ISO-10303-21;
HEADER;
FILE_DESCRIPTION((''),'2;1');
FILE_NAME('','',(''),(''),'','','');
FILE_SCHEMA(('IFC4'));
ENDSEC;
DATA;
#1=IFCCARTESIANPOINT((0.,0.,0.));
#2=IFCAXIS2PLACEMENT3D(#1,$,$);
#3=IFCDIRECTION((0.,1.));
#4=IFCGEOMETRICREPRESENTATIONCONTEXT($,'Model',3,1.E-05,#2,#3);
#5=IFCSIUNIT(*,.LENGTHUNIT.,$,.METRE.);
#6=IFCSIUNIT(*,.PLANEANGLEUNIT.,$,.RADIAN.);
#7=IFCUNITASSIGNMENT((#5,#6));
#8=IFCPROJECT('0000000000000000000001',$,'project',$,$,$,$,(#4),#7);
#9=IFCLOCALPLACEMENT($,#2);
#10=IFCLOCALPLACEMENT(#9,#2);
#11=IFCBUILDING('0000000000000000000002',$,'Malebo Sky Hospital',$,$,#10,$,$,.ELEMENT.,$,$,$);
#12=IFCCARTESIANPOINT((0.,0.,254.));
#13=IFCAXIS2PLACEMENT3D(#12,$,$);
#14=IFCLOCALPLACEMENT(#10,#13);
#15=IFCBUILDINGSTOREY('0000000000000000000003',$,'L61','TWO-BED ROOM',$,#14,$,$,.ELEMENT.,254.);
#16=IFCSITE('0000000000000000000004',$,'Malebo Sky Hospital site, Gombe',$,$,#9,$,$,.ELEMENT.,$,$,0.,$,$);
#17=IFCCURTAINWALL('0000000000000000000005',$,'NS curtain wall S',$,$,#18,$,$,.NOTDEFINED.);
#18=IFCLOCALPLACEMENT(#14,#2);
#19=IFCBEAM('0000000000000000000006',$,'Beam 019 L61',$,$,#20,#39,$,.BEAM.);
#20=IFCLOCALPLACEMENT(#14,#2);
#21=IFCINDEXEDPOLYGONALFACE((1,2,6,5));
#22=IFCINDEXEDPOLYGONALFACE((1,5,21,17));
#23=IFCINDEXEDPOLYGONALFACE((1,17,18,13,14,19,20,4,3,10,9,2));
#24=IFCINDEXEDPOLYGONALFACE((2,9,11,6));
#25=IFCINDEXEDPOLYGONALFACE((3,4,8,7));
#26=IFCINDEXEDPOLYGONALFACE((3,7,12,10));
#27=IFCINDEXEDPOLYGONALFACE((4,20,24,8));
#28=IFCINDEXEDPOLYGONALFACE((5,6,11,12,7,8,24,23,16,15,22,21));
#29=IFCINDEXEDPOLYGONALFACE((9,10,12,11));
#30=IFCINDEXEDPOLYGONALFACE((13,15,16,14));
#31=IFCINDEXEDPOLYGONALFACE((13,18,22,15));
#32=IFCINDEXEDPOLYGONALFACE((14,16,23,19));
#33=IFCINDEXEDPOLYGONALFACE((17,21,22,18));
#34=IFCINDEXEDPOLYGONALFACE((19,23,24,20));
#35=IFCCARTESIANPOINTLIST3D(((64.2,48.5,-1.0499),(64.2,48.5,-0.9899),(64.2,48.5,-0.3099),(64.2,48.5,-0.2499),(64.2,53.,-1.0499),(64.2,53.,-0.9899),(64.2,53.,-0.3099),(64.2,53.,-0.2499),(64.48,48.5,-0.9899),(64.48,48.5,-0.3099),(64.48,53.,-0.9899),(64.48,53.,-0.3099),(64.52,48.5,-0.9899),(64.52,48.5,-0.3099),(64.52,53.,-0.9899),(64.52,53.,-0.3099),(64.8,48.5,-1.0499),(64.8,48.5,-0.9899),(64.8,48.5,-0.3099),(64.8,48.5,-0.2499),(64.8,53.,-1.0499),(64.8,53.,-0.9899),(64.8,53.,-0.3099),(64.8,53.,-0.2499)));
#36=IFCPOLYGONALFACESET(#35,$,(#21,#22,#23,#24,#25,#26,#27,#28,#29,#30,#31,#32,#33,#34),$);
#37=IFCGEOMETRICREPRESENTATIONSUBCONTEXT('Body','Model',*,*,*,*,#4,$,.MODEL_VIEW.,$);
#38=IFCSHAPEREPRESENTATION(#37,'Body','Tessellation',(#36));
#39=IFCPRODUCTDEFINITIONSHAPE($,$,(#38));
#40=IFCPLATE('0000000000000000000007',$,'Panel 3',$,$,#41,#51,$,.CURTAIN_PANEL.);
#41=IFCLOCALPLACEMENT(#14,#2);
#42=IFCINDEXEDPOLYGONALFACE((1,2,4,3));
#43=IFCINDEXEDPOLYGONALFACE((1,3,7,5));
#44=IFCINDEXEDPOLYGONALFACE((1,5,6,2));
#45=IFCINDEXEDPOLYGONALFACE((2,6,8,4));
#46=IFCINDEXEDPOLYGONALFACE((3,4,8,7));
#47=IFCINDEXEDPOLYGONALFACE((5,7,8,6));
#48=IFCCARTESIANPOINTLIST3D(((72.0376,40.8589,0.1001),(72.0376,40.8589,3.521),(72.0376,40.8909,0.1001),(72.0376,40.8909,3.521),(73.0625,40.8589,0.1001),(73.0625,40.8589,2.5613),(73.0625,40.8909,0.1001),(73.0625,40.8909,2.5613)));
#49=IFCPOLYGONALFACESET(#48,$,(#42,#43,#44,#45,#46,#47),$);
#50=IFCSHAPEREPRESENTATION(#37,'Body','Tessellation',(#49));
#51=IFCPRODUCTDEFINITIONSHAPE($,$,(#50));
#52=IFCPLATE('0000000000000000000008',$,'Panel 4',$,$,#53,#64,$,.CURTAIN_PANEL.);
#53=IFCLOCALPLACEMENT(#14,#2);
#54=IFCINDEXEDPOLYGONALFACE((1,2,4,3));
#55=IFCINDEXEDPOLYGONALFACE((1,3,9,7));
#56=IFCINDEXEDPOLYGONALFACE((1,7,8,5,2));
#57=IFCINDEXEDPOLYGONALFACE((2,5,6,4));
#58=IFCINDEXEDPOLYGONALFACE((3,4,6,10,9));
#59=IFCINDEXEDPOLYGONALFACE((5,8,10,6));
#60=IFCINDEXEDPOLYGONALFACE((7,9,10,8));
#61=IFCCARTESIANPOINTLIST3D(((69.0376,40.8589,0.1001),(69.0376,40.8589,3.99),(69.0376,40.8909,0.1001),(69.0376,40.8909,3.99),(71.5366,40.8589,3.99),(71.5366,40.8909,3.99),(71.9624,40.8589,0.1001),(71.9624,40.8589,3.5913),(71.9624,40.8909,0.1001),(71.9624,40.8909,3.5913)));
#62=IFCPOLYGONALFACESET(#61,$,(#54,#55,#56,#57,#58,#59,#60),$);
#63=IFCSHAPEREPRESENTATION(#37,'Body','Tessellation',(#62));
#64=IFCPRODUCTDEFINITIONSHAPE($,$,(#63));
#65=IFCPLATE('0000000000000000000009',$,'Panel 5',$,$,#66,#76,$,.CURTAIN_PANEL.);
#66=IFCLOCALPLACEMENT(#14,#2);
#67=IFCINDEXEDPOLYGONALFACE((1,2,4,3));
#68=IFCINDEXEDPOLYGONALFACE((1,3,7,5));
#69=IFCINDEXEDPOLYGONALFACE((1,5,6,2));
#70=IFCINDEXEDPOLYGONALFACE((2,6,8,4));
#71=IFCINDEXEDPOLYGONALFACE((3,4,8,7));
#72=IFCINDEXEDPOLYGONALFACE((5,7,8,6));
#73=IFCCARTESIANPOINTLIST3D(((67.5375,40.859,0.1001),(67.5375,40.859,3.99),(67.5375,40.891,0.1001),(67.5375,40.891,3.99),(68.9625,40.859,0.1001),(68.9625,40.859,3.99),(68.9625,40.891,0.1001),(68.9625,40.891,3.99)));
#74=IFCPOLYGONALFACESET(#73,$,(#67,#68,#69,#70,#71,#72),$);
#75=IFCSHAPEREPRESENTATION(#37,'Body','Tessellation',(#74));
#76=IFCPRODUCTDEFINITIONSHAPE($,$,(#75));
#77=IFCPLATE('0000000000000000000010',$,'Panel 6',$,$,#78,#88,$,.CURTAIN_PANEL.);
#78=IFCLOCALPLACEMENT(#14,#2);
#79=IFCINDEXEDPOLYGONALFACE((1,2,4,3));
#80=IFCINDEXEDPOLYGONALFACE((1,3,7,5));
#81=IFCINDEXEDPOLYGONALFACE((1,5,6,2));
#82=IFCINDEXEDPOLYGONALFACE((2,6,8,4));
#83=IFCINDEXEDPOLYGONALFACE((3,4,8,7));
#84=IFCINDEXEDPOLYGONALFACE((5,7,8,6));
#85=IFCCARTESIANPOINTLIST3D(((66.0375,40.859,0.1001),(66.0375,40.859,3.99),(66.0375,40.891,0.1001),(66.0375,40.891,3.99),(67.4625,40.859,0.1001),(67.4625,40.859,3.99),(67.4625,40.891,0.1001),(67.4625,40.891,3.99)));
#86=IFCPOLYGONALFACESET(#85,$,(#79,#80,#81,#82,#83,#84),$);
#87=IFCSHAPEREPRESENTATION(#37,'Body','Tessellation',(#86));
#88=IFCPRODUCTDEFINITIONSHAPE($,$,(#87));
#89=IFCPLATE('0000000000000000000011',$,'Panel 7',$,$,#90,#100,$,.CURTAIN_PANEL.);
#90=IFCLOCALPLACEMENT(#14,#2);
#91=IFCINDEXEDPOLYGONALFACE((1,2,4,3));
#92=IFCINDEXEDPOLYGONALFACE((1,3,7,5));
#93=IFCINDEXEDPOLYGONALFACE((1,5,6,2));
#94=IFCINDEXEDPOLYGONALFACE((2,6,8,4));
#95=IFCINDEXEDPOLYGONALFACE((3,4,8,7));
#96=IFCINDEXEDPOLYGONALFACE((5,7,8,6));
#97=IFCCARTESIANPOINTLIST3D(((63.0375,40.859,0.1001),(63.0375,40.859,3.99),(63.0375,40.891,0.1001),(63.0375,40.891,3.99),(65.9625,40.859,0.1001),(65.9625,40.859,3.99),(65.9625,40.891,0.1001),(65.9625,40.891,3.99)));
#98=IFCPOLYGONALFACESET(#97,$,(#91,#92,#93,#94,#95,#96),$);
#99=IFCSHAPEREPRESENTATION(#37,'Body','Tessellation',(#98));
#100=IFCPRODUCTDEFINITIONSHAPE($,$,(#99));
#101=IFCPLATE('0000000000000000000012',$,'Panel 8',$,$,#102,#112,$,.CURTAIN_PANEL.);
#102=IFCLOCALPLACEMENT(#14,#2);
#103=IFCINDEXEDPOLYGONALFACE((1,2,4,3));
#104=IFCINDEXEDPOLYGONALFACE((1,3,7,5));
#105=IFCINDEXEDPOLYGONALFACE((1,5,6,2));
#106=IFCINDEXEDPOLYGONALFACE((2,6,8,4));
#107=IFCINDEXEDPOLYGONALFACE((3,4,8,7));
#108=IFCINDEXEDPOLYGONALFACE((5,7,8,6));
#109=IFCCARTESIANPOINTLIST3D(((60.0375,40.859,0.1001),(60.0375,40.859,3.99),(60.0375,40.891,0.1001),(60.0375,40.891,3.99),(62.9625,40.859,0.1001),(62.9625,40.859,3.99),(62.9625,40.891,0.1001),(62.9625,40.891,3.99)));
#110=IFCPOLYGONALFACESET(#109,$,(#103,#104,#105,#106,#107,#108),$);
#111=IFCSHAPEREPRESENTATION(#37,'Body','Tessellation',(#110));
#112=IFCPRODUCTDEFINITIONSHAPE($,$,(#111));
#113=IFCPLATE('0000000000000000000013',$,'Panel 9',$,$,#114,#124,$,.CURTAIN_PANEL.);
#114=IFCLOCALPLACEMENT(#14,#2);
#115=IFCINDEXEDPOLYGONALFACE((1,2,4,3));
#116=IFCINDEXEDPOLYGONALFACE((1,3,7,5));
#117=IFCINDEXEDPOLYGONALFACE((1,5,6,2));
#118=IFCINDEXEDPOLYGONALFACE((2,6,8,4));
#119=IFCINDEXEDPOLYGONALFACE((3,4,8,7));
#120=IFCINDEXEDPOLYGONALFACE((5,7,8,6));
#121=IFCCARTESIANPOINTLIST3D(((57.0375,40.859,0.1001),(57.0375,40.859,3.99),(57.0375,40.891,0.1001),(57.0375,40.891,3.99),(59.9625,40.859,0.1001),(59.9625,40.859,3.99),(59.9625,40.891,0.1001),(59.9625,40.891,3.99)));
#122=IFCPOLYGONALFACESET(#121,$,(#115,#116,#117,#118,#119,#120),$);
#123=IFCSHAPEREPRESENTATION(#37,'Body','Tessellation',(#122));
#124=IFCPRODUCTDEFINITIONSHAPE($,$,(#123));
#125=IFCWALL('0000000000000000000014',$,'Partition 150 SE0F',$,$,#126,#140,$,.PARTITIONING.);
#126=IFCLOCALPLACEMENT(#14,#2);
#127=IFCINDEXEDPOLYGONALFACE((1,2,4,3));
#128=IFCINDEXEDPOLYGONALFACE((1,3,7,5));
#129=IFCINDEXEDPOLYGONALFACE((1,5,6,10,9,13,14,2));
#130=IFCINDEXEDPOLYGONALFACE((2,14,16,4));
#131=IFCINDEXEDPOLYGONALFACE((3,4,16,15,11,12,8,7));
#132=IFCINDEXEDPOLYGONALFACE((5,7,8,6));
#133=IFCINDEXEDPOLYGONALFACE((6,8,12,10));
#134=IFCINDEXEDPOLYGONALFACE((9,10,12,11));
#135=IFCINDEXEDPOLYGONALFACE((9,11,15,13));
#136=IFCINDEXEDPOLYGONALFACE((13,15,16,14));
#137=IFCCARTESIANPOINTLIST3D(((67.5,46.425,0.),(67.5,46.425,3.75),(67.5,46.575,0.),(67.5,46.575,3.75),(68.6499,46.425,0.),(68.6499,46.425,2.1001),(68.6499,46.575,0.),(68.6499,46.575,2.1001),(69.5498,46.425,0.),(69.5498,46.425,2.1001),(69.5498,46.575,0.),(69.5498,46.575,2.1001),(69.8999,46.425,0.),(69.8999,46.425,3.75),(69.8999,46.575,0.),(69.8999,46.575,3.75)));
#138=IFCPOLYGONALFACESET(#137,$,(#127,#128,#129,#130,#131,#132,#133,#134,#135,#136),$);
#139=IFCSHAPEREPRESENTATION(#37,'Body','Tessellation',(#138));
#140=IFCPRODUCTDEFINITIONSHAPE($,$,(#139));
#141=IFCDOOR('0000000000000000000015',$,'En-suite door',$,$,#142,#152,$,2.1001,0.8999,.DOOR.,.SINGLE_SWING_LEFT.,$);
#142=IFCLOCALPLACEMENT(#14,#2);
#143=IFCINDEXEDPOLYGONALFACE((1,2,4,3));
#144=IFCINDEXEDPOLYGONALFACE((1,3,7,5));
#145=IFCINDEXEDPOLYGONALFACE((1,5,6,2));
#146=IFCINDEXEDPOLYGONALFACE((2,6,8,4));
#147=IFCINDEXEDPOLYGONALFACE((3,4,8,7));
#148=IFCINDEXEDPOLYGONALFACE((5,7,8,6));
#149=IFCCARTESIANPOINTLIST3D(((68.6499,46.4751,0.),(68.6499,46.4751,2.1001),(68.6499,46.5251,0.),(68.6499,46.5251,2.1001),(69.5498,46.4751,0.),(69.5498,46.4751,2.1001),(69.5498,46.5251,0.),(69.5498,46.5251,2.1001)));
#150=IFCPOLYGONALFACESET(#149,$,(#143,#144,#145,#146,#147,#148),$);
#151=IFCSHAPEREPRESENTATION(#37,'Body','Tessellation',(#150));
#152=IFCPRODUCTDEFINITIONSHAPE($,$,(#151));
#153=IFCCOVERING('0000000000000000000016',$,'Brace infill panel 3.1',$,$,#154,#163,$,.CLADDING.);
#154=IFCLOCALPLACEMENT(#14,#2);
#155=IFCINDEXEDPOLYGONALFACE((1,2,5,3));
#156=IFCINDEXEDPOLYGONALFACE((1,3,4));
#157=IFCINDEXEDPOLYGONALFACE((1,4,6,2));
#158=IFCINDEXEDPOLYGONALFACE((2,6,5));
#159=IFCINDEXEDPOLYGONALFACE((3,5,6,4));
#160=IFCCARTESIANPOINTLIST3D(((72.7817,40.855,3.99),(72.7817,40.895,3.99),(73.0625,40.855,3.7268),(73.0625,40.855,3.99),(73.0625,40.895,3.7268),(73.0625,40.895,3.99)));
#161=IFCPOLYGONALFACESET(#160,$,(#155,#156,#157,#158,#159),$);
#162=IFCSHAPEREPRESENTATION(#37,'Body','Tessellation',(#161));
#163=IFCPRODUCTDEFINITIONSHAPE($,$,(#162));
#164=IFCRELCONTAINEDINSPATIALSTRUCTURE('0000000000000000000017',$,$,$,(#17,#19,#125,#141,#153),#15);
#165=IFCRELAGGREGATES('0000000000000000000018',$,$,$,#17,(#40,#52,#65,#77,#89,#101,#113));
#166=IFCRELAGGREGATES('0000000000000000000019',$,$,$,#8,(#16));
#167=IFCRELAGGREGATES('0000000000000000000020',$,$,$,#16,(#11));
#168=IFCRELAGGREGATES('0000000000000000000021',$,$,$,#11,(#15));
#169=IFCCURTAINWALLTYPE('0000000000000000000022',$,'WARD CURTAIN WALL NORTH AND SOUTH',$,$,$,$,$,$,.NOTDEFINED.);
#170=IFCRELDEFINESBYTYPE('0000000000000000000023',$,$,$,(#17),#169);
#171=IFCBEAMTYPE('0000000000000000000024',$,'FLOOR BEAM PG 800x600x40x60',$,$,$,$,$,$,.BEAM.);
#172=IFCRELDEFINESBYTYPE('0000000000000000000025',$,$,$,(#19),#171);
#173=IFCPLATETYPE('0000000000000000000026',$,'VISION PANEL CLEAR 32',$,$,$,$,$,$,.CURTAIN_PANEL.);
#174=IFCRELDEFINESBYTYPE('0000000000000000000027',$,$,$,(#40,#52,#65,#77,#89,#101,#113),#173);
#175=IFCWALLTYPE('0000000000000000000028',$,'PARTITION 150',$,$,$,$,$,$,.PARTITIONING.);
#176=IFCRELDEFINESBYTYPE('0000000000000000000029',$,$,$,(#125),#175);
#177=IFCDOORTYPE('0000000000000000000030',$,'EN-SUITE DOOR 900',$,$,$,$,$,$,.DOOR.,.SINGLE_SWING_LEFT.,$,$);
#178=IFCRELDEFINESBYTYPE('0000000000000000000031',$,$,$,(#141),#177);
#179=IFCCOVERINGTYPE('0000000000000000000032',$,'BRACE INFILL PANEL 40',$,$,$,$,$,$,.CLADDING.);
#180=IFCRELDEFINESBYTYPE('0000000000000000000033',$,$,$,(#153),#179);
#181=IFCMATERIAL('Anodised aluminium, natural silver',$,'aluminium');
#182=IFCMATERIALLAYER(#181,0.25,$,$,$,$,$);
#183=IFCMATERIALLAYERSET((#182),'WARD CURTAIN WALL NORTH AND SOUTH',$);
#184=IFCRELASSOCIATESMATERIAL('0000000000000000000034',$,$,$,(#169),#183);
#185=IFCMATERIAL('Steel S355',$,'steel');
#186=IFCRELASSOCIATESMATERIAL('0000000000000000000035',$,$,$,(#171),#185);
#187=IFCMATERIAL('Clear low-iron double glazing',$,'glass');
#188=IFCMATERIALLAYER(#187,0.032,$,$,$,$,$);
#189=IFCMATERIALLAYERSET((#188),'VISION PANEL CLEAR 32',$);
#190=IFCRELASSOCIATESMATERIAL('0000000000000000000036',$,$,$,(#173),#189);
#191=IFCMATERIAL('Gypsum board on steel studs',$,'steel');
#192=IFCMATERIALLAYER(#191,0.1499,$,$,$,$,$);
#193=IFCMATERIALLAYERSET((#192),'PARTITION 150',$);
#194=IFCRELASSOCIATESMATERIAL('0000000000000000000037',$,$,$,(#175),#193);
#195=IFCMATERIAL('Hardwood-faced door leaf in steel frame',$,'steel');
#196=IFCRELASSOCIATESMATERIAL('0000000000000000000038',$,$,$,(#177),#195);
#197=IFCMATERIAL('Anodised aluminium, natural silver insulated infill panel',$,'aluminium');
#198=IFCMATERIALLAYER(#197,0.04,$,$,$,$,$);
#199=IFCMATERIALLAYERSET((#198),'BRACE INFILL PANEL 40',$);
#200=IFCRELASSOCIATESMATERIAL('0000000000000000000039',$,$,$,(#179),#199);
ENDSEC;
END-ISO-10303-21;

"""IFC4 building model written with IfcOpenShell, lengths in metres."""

from ifc_helpers import new_model, si_unit, direction, frame, frame_2d, origin, origin_2d, place, context, subcontext, project, spatial, polyline, rectangle, i_section, outline, extrude, material, layer, layer_set, material_profile, profile_set, type_object, element, fill, aggregate, save


model = new_model("IFC4")

# Units and contexts
model_context = context("Model", 3, precision=1e-05, world=origin(), true_north=direction((0.0, 1.0)))
body_context = subcontext(model_context, "Body", "Model", "MODEL_VIEW")
ifc_project = project(units=[si_unit("LENGTHUNIT", "METRE"), si_unit("PLANEANGLEUNIT", "RADIAN")], contexts=[model_context])

# Site, building, storey
site_placement = place(None, origin())
site = spatial("IfcSite", under=ifc_project, at=site_placement, Name="Malebo Sky Hospital site, Gombe", CompositionType="ELEMENT", RefElevation=0.0)
building_placement = place(site_placement, origin())
building = spatial("IfcBuilding", under=site, at=building_placement, Name="Malebo Sky Hospital", CompositionType="ELEMENT")
storey_placement = place(building_placement, frame((0.0, 0.0, 254.0)))
storey = spatial("IfcBuildingStorey", under=building, at=storey_placement, Name="L61", Description="TWO-BED ROOM", CompositionType="ELEMENT", Elevation=254.0)

# Curtain wall
ifc_material_1 = material(Name="Anodised aluminium, natural silver", Category="aluminium")
ifc_layer_1 = layer(ifc_material_1, 0.25)
ifc_layer_set_1 = layer_set([ifc_layer_1], Name="WARD CURTAIN WALL NORTH AND SOUTH")
curtain_wall_type = type_object("IfcCurtainWallType", Name="WARD CURTAIN WALL NORTH AND SOUTH", PredefinedType="NOTDEFINED", material=ifc_layer_set_1)
curtain_wall_placement = place(storey_placement, origin())
curtain_wall = element("IfcCurtainWall", 1, at=curtain_wall_placement, inside=storey, type_object=curtain_wall_type, Name="NS curtain wall S", PredefinedType="NOTDEFINED")

# Beam
ifc_material_2 = material(Name="Steel S355", Category="steel")
ifc_material_profile_1 = material_profile(ifc_material_2, i_section(OverallWidth=0.6001, OverallDepth=0.8, WebThickness=0.04, FlangeThickness=0.0601, at=origin_2d()), Name="PG 800x600x40x60")
ifc_profile_set_1 = profile_set([ifc_material_profile_1], Name="Steel S355")
beam_type_1 = type_object("IfcBeamType", Name="FLOOR BEAM PG 800x600x40x60", PredefinedType="BEAM", material=ifc_profile_set_1)
beam_1_placement = place(storey_placement, frame((64.5, 48.5, -0.6499), z_axis=(0.0, 1.0, 0.0), x_axis=(-1.0, 0.0, 0.0)))
element("IfcBeam", 2, at=beam_1_placement, inside=storey, type_object=beam_type_1, Name="Beam 019 L61", PredefinedType="BEAM", context=body_context, shape_type="SweptSolid", body=[
    extrude(i_section(OverallWidth=0.6001, OverallDepth=0.8, WebThickness=0.04, FlangeThickness=0.0601, at=origin_2d()), origin(), (0.0, 0.0, 1.0), 4.5),
])

# Plates
ifc_material_3 = material(Name="Clear low-iron double glazing", Category="glass")
ifc_layer_2 = layer(ifc_material_3, 0.032)
ifc_layer_set_2 = layer_set([ifc_layer_2], Name="VISION PANEL CLEAR 32")
plate_type = type_object("IfcPlateType", Name="VISION PANEL CLEAR 32", PredefinedType="CURTAIN_PANEL", material=ifc_layer_set_2)
plate_1_placement = place(storey_placement, frame((72.55, 40.875, 0.1001), z_axis=(0.0, 0.0, 1.0), x_axis=(-1.0, 0.0, 0.0)))
plate_1 = element("IfcPlate", 3, at=plate_1_placement, type_object=plate_type, Name="Panel 3", PredefinedType="CURTAIN_PANEL", context=body_context, shape_type="SweptSolid", body=[
    extrude(outline(polyline([(-0.5125, 0.0), (0.5125, 0.0), (0.5125, 3.4209), (-0.5125, 2.4612), (-0.5125, 0.0)])), frame((0.0, 0.0161, 0.0), z_axis=(0.0, -1.0, 0.0), x_axis=(1.0, 0.0, 0.0)), (0.0, 0.0, 1.0), 0.032),
])
plate_2_placement = place(storey_placement, frame((70.5, 40.875, 0.1001), z_axis=(0.0, 0.0, 1.0), x_axis=(-1.0, 0.0, 0.0)))
plate_2 = element("IfcPlate", 4, at=plate_2_placement, type_object=plate_type, Name="Panel 4", PredefinedType="CURTAIN_PANEL", context=body_context, shape_type="SweptSolid", body=[
    extrude(outline(polyline([(-1.4624, 0.0), (1.4624, 0.0), (1.4624, 3.8899), (-1.0366, 3.8899), (-1.4624, 3.4912), (-1.4624, 0.0)])), frame((0.0, 0.0161, 0.0), z_axis=(0.0, -1.0, 0.0), x_axis=(1.0, 0.0, 0.0)), (0.0, 0.0, 1.0), 0.032),
])
plate_3_placement = place(storey_placement, frame((68.25, 40.875, 0.1001), z_axis=(0.0, 0.0, 1.0), x_axis=(-1.0, 0.0, 0.0)))
plate_3 = element("IfcPlate", 5, at=plate_3_placement, type_object=plate_type, Name="Panel 5", PredefinedType="CURTAIN_PANEL", context=body_context, shape_type="SweptSolid", body=[
    extrude(rectangle(XDim=1.425, YDim=0.032, at=origin_2d()), origin(), (0.0, 0.0, 1.0), 3.8899),
])
plate_4_placement = place(storey_placement, frame((66.75, 40.875, 0.1001), z_axis=(0.0, 0.0, 1.0), x_axis=(-1.0, 0.0, 0.0)))
plate_4 = element("IfcPlate", 6, at=plate_4_placement, type_object=plate_type, Name="Panel 6", PredefinedType="CURTAIN_PANEL", context=body_context, shape_type="SweptSolid", body=[
    extrude(rectangle(XDim=1.425, YDim=0.032, at=origin_2d()), origin(), (0.0, 0.0, 1.0), 3.8899),
])
plate_5_placement = place(storey_placement, frame((64.5, 40.875, 0.1001), z_axis=(0.0, 0.0, 1.0), x_axis=(-1.0, 0.0, 0.0)))
plate_5 = element("IfcPlate", 7, at=plate_5_placement, type_object=plate_type, Name="Panel 7", PredefinedType="CURTAIN_PANEL", context=body_context, shape_type="SweptSolid", body=[
    extrude(rectangle(XDim=2.925, YDim=0.032, at=origin_2d()), origin(), (0.0, 0.0, 1.0), 3.8899),
])
plate_6_placement = place(storey_placement, frame((61.5, 40.875, 0.1001), z_axis=(0.0, 0.0, 1.0), x_axis=(-1.0, 0.0, 0.0)))
plate_6 = element("IfcPlate", 8, at=plate_6_placement, type_object=plate_type, Name="Panel 8", PredefinedType="CURTAIN_PANEL", context=body_context, shape_type="SweptSolid", body=[
    extrude(rectangle(XDim=2.925, YDim=0.032, at=origin_2d()), origin(), (0.0, 0.0, 1.0), 3.8899),
])
plate_7_placement = place(storey_placement, frame((58.5, 40.875, 0.1001), z_axis=(0.0, 0.0, 1.0), x_axis=(-1.0, 0.0, 0.0)))
plate_7 = element("IfcPlate", 9, at=plate_7_placement, type_object=plate_type, Name="Panel 9", PredefinedType="CURTAIN_PANEL", context=body_context, shape_type="SweptSolid", body=[
    extrude(rectangle(XDim=2.925, YDim=0.032, at=origin_2d()), origin(), (0.0, 0.0, 1.0), 3.8899),
])
aggregate(curtain_wall, [plate_1, plate_2, plate_3, plate_4, plate_5, plate_6, plate_7])

# Wall, opening, door
ifc_material_4 = material(Name="Gypsum board on steel studs", Category="steel")
ifc_layer_3 = layer(ifc_material_4, 0.1499)
ifc_layer_set_3 = layer_set([ifc_layer_3], Name="PARTITION 150")
wall_type = type_object("IfcWallType", Name="PARTITION 150", PredefinedType="PARTITIONING", material=ifc_layer_set_3)
wall_placement = place(storey_placement, frame((69.8999, 46.5, 0.0), z_axis=(0.0, 0.0, 1.0), x_axis=(-1.0, 0.0, 0.0)))
wall = element("IfcWall", 10, at=wall_placement, inside=storey, type_object=wall_type, Name="Partition 150 SE0F", PredefinedType="PARTITIONING", context=body_context, shape_type="SweptSolid", body=[
    extrude(rectangle(XDim=2.3999, YDim=0.1499, at=frame_2d((1.2, 0.0))), origin(), (0.0, 0.0, 1.0), 3.75),
])
opening_placement = place(wall_placement, frame((0.3501, 0.0, 0.0)))
opening = element("IfcOpeningElement", 11, at=opening_placement, cuts=wall, PredefinedType="OPENING", context=body_context, shape_type="SweptSolid", body=[
    extrude(rectangle(XDim=0.8999, YDim=2.1001, at=frame_2d((0.45, 1.05))), frame((0.0, 0.085, 0.0), z_axis=(0.0, -1.0, 0.0), x_axis=(1.0, 0.0, 0.0)), (0.0, 0.0, 1.0), 0.1699),
])
ifc_material_5 = material(Name="Hardwood-faced door leaf in steel frame", Category="steel")
door_type = type_object("IfcDoorType", Name="EN-SUITE DOOR 900", OperationType="SINGLE_SWING_LEFT", PredefinedType="DOOR", material=ifc_material_5)
door_placement = place(opening_placement, origin())
door = element("IfcDoor", 12, at=door_placement, inside=storey, type_object=door_type, Name="En-suite door", OperationType="SINGLE_SWING_LEFT", OverallHeight=2.1001, OverallWidth=0.8999, PredefinedType="DOOR", context=body_context, shape_type="SweptSolid", body=[
    extrude(rectangle(XDim=0.8999, YDim=2.1001, at=frame_2d((0.45, 1.05))), frame((0.0, 0.0249, 0.0), z_axis=(0.0, -1.0, 0.0), x_axis=(1.0, 0.0, 0.0)), (0.0, 0.0, 1.0), 0.05),
])
fill(opening, door)

# Covering
ifc_material_6 = material(Name="Anodised aluminium, natural silver insulated infill panel", Category="aluminium")
ifc_layer_4 = layer(ifc_material_6, 0.04)
ifc_layer_set_4 = layer_set([ifc_layer_4], Name="BRACE INFILL PANEL 40")
covering_type = type_object("IfcCoveringType", Name="BRACE INFILL PANEL 40", PredefinedType="CLADDING", material=ifc_layer_set_4)
covering_placement = place(storey_placement, frame((72.9221, 40.875, 3.7268), z_axis=(0.0, 0.0, 1.0), x_axis=(-1.0, 0.0, 0.0)))
element("IfcCovering", 13, at=covering_placement, inside=storey, type_object=covering_type, Name="Brace infill panel 3.1", PredefinedType="CLADDING", context=body_context, shape_type="SweptSolid", body=[
    extrude(outline(polyline([(-0.1404, 0.0), (0.1404, 0.2632), (-0.1404, 0.2632), (-0.1404, 0.0)])), frame((0.0, 0.02, 0.0), z_axis=(0.0, -1.0, 0.0), x_axis=(1.0, 0.0, 0.0)), (0.0, 0.0, 1.0), 0.04),
])

save(model, "model.ifc")
